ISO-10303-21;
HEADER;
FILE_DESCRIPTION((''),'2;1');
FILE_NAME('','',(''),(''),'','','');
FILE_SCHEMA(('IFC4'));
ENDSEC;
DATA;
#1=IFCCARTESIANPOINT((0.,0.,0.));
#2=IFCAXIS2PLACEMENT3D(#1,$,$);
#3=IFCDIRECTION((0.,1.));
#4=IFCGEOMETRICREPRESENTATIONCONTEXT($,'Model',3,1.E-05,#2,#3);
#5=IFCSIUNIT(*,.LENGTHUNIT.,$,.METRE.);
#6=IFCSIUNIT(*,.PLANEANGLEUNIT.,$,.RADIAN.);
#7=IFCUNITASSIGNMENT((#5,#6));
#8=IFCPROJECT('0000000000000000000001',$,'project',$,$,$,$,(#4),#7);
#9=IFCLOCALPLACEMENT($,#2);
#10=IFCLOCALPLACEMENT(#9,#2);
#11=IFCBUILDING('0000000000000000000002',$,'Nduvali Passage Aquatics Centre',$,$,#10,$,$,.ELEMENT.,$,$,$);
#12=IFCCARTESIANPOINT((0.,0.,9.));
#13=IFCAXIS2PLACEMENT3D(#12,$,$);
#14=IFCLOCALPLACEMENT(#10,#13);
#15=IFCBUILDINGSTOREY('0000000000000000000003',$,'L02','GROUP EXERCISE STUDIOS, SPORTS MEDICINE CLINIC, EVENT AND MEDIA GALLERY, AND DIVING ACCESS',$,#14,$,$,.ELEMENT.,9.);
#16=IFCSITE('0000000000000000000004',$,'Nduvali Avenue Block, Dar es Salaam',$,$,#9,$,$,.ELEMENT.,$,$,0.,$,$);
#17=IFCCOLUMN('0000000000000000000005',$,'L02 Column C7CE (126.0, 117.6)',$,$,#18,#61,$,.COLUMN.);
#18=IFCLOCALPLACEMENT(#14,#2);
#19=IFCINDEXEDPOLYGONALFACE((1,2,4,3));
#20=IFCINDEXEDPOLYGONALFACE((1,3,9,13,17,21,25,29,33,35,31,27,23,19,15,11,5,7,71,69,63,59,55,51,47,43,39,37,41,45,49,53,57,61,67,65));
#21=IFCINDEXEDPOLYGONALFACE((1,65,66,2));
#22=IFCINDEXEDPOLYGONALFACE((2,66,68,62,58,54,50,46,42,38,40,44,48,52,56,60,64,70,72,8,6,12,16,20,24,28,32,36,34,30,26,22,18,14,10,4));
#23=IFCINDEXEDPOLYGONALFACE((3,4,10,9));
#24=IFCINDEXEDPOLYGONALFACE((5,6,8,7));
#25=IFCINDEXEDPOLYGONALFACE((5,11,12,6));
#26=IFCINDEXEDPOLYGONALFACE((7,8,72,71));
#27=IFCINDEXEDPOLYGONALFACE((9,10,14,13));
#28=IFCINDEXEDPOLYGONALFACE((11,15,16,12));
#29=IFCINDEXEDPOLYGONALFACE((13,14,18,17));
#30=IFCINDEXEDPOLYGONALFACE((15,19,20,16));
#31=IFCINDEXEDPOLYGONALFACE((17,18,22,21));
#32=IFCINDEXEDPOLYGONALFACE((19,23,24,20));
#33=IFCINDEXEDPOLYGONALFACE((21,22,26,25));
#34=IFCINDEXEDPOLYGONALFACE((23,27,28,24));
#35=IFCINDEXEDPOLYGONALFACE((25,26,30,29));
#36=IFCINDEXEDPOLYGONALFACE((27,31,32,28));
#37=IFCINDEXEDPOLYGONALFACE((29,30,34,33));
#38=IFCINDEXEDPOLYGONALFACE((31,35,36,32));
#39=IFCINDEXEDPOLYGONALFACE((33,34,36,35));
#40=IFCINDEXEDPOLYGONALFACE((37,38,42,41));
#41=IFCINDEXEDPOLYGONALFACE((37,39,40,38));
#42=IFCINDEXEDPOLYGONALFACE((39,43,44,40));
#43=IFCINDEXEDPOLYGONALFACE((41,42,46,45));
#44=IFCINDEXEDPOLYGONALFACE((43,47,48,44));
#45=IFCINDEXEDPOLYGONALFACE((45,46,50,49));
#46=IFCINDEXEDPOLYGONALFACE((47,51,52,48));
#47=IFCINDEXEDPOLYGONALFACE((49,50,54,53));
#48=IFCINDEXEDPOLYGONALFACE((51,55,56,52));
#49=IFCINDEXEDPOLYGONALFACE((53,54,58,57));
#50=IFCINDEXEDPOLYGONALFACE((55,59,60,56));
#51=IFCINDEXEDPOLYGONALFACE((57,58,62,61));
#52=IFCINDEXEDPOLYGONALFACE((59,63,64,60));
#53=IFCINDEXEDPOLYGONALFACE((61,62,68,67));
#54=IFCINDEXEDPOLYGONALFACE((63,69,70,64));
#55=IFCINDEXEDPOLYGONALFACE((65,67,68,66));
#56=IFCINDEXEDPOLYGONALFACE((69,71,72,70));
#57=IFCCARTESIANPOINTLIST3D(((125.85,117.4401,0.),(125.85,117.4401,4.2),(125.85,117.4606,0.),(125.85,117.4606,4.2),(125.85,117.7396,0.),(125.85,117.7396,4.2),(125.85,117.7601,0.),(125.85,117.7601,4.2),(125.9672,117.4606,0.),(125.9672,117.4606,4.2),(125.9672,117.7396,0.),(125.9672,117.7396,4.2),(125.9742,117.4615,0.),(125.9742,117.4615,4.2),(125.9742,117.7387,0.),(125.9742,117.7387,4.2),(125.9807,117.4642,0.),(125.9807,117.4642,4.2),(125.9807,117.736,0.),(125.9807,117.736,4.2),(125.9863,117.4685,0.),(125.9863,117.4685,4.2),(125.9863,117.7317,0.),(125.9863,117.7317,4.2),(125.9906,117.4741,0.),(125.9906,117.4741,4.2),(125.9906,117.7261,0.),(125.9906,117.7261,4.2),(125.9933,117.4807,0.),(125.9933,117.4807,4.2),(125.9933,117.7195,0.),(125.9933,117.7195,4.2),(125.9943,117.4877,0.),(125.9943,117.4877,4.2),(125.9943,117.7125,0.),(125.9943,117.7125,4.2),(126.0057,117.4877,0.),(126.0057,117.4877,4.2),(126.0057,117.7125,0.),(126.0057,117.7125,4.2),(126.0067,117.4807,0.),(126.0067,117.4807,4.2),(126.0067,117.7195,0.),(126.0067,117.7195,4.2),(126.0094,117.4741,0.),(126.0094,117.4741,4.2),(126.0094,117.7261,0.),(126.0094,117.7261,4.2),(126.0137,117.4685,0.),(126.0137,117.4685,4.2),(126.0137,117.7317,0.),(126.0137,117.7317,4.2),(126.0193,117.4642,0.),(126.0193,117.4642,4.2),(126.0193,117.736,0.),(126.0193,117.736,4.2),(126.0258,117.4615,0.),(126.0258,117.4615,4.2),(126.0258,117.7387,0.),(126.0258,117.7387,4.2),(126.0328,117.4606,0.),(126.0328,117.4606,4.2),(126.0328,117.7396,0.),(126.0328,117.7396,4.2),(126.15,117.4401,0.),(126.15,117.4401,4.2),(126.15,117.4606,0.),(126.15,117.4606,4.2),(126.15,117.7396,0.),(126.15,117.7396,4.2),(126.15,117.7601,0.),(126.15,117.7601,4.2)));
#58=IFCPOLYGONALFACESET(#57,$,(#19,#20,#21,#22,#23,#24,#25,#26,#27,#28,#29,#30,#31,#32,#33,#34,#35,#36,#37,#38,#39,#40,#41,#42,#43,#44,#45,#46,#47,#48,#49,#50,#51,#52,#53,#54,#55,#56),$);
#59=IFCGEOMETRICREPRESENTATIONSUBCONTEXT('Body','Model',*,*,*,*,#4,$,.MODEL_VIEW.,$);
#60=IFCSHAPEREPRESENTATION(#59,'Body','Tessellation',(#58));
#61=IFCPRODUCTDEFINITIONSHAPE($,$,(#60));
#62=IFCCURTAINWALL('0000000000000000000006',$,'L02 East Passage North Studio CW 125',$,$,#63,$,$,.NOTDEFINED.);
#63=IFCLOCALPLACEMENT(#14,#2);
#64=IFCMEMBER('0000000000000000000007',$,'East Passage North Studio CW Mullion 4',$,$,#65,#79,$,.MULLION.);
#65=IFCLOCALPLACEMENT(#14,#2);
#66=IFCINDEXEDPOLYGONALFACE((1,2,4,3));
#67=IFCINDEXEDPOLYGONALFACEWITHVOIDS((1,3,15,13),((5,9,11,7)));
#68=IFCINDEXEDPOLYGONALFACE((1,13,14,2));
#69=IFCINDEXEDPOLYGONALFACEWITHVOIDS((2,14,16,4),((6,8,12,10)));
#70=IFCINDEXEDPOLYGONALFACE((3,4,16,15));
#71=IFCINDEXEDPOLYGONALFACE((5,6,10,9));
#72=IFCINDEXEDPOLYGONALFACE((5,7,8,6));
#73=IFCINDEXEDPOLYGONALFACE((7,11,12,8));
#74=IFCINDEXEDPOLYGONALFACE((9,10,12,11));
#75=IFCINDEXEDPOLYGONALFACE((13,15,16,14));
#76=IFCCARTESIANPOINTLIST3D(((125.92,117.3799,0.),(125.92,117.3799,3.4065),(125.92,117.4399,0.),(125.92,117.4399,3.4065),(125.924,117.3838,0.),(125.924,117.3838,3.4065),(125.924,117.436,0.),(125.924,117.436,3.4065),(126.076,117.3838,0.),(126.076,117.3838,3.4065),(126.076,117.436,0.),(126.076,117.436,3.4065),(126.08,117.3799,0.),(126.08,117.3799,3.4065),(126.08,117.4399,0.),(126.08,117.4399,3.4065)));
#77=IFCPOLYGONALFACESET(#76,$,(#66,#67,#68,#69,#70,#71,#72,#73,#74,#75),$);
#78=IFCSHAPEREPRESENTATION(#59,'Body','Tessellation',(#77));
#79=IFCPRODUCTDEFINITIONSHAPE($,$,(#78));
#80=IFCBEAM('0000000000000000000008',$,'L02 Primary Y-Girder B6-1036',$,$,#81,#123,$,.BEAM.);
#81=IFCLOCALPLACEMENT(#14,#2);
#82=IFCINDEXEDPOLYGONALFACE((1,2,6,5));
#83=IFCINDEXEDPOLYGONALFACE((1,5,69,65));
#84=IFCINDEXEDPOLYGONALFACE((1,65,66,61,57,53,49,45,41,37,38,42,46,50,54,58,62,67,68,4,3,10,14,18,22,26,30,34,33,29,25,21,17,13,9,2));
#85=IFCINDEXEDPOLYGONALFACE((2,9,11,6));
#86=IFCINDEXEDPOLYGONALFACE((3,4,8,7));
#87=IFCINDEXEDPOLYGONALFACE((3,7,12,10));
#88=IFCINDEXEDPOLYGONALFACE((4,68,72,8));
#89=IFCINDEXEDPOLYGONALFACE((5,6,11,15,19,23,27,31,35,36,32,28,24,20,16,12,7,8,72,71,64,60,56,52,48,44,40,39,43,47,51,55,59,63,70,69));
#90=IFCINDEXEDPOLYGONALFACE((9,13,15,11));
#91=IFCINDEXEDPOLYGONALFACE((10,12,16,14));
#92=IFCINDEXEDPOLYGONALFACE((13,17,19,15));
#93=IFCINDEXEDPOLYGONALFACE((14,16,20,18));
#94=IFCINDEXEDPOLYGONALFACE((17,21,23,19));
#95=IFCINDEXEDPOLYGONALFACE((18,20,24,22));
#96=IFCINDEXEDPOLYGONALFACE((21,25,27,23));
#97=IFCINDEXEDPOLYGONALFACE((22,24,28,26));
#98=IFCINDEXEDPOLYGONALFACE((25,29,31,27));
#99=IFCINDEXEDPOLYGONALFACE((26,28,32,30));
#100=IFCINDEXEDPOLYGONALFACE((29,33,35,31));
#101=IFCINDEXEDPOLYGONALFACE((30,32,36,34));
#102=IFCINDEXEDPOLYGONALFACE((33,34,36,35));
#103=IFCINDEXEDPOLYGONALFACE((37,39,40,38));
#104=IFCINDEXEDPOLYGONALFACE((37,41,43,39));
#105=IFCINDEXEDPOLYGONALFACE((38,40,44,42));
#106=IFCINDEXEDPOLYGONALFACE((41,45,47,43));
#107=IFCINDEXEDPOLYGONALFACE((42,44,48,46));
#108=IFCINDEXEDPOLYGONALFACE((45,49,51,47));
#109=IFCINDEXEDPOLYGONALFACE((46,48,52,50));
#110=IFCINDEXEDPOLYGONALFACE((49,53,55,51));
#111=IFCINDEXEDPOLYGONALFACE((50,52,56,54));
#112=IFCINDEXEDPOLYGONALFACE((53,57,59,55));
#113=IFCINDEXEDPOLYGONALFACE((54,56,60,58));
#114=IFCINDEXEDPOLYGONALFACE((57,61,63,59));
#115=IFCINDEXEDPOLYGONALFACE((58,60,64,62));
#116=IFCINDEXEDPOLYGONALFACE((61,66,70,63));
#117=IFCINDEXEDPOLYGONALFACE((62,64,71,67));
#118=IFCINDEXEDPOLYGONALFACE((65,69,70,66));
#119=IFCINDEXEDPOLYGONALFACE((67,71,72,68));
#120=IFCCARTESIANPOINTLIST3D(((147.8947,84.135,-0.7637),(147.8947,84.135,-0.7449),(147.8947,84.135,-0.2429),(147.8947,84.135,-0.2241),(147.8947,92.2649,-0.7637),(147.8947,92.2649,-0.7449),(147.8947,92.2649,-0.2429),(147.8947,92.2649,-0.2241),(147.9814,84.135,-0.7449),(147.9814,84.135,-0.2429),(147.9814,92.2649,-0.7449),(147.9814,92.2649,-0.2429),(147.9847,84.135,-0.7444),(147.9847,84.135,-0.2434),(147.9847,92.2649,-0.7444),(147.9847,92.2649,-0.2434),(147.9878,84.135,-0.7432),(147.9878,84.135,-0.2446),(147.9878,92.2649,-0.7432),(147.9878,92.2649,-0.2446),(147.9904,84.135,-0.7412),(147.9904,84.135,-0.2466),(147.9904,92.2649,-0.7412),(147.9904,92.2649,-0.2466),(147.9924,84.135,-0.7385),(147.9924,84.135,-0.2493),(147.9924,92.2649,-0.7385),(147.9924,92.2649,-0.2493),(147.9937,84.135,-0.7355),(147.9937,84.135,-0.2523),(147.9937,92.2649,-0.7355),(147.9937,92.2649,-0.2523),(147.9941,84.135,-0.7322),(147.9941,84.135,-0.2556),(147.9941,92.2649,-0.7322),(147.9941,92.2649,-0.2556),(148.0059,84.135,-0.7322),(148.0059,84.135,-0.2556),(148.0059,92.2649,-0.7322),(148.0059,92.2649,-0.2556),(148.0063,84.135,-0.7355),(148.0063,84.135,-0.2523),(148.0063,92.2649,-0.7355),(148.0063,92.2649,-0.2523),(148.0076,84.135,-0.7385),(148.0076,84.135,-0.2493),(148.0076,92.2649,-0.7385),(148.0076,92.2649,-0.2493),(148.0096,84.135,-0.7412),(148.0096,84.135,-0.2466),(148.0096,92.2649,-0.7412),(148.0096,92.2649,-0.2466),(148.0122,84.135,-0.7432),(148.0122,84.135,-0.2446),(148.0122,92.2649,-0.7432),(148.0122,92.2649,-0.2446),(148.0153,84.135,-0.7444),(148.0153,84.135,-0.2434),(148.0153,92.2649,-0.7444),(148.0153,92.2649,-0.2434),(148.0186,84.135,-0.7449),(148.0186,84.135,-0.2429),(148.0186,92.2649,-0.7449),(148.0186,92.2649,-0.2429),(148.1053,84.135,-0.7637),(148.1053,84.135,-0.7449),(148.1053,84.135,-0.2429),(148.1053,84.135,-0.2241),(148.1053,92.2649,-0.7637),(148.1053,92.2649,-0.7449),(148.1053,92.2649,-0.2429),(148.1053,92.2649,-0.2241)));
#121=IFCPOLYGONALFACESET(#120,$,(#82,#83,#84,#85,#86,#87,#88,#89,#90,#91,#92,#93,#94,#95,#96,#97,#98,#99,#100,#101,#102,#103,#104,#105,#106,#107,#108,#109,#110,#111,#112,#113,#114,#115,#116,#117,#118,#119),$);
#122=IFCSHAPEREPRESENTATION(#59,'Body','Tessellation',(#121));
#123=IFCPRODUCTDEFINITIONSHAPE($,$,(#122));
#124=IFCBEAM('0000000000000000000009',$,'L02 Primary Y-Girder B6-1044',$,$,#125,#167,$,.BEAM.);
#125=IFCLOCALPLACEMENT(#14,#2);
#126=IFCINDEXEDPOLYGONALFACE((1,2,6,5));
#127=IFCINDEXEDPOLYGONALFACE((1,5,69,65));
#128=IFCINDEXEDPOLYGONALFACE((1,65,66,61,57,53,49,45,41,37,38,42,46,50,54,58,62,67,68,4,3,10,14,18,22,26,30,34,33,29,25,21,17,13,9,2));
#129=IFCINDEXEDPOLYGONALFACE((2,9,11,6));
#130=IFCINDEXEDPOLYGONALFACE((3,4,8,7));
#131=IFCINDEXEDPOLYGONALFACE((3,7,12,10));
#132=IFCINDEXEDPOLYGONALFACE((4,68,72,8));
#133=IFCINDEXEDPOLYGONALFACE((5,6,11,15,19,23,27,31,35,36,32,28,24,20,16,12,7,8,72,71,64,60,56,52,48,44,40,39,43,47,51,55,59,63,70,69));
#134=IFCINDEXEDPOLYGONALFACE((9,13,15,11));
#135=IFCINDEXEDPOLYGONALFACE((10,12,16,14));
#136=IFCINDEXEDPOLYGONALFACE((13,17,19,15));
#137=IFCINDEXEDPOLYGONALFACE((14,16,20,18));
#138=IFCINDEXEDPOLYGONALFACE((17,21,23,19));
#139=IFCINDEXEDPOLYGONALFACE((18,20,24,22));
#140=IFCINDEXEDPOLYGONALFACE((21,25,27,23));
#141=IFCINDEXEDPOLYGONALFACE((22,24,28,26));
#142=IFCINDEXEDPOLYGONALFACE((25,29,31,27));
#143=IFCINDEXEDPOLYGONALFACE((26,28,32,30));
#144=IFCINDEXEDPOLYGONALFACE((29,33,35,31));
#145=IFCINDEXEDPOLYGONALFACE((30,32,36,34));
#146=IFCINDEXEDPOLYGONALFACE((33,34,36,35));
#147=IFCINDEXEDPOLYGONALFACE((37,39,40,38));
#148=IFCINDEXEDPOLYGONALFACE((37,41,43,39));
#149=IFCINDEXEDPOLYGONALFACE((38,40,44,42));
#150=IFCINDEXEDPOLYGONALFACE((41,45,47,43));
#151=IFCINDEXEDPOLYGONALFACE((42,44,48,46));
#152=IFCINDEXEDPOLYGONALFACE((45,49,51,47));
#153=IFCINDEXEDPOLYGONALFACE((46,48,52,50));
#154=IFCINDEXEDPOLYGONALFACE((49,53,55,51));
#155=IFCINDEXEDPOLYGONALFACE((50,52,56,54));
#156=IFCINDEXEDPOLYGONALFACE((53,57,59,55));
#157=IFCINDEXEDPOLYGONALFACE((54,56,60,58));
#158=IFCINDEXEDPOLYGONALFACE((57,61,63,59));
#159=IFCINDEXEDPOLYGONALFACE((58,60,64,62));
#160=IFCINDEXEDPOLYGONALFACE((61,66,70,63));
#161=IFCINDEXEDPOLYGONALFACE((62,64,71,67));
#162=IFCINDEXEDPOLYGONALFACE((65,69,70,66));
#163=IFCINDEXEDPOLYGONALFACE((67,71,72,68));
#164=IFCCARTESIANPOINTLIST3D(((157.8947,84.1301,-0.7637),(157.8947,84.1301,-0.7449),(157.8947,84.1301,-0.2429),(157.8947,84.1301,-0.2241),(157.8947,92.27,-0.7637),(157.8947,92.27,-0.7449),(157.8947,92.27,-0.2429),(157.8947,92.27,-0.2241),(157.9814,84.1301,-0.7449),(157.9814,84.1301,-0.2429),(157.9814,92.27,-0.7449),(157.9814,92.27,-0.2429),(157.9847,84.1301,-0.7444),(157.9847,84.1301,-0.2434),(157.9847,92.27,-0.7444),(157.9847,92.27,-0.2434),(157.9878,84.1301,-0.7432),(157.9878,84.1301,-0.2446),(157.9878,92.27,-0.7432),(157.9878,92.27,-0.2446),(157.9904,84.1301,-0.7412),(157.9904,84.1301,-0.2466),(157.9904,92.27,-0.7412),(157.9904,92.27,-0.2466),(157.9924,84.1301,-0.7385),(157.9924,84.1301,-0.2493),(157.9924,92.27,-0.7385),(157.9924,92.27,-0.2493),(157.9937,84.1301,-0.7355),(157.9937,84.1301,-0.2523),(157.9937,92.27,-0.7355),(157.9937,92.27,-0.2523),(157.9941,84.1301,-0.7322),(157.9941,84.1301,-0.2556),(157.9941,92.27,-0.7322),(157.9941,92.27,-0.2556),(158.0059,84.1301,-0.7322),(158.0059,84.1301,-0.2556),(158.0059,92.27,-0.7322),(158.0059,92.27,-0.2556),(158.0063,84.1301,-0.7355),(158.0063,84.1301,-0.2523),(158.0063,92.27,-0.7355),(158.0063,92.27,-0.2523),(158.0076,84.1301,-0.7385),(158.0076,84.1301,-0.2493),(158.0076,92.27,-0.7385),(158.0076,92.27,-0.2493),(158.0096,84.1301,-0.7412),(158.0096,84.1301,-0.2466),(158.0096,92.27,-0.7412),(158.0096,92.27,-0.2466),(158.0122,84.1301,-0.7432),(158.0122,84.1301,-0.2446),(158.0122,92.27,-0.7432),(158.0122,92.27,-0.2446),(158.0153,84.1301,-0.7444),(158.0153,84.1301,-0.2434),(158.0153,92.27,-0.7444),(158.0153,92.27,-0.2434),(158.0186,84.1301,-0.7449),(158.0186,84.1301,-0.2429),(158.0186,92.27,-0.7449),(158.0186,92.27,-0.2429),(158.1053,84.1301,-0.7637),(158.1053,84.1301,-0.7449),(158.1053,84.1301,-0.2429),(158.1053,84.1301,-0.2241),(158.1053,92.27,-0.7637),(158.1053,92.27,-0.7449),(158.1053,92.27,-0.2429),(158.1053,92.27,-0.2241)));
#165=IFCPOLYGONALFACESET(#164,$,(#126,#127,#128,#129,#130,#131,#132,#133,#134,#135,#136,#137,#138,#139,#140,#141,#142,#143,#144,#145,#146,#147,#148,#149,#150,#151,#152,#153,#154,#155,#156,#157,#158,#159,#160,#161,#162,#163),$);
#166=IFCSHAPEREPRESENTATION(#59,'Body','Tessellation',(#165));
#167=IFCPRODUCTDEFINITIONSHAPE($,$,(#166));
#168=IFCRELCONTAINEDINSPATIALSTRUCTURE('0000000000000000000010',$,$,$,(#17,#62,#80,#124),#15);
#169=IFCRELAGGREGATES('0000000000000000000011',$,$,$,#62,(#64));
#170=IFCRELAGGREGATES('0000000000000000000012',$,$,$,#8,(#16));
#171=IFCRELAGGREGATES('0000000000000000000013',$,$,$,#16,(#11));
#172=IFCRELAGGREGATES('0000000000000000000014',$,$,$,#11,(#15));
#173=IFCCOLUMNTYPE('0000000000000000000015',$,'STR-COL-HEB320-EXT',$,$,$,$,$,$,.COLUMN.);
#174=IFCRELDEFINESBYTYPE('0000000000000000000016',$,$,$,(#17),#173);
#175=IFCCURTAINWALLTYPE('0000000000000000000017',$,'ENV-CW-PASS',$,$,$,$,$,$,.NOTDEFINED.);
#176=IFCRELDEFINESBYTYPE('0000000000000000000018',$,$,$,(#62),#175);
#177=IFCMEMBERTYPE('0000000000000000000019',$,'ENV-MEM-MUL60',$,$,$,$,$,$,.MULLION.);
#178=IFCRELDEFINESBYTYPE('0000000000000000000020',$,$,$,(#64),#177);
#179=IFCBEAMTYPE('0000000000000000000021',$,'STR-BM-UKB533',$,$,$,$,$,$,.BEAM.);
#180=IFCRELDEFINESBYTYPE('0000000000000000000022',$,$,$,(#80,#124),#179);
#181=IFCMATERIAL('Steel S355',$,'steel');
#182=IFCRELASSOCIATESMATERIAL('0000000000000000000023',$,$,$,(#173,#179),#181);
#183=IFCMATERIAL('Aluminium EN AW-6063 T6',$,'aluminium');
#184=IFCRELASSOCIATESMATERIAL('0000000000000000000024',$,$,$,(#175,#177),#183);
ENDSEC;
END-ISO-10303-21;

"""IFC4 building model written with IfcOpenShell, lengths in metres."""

from ifc_helpers import new_model, si_unit, direction, frame, origin, origin_2d, place, context, subcontext, project, spatial, hollow_rectangle, i_section, extrude, material, material_profile, profile_set, type_object, element, aggregate, save


model = new_model("IFC4")

# Units and contexts
model_context = context("Model", 3, precision=1e-05, world=origin(), true_north=direction((0.0, 1.0)))
body_context = subcontext(model_context, "Body", "Model", "MODEL_VIEW")
ifc_project = project(units=[si_unit("LENGTHUNIT", "METRE"), si_unit("PLANEANGLEUNIT", "RADIAN")], contexts=[model_context])

# Site, building, storey
site_placement = place(None, origin())
site = spatial("IfcSite", under=ifc_project, at=site_placement, Name="Nduvali Avenue Block, Dar es Salaam", CompositionType="ELEMENT", RefElevation=0.0)
building_placement = place(site_placement, origin())
building = spatial("IfcBuilding", under=site, at=building_placement, Name="Nduvali Passage Aquatics Centre", CompositionType="ELEMENT")
storey_placement = place(building_placement, frame((0.0, 0.0, 9.0)))
storey = spatial("IfcBuildingStorey", under=building, at=storey_placement, Name="L02", Description="GROUP EXERCISE STUDIOS, SPORTS MEDICINE CLINIC, EVENT AND MEDIA GALLERY, AND DIVING ACCESS", CompositionType="ELEMENT", Elevation=9.0)

# Column
ifc_material_1 = material(Name="Steel S355", Category="steel")
ifc_material_profile_1 = material_profile(ifc_material_1, i_section(OverallWidth=0.3, OverallDepth=0.3201, WebThickness=0.0115, FlangeThickness=0.0205, FilletRadius=0.0271, at=origin_2d()), Name="HEB 320")
ifc_profile_set_1 = profile_set([ifc_material_profile_1], Name="Steel S355")
column_type = type_object("IfcColumnType", Name="STR-COL-HEB320-EXT", PredefinedType="COLUMN", material=ifc_profile_set_1)
column_placement = place(storey_placement, frame((126.0, 117.6001, 0.0), z_axis=(0.0, 0.0, 1.0), x_axis=(1.0, 0.0, 0.0)))
element("IfcColumn", 1, at=column_placement, inside=storey, type_object=column_type, Name="L02 Column C7CE (126.0, 117.6)", PredefinedType="COLUMN", context=body_context, shape_type="SweptSolid", body=[
    extrude(i_section(OverallWidth=0.3, OverallDepth=0.3201, WebThickness=0.0115, FlangeThickness=0.0205, FilletRadius=0.0271, at=origin_2d()), origin(), (0.0, 0.0, 1.0), 4.2),
])

# Curtain wall, member
ifc_material_2 = material(Name="Aluminium EN AW-6063 T6", Category="aluminium")
curtain_wall_type = type_object("IfcCurtainWallType", Name="ENV-CW-PASS", PredefinedType="NOTDEFINED", material=ifc_material_2)
curtain_wall_placement = place(storey_placement, origin())
curtain_wall = element("IfcCurtainWall", 2, at=curtain_wall_placement, inside=storey, type_object=curtain_wall_type, Name="L02 East Passage North Studio CW 125", PredefinedType="NOTDEFINED")
ifc_material_profile_2 = material_profile(ifc_material_2, hollow_rectangle(XDim=0.0601, YDim=0.1599, WallThickness=0.0039, at=origin_2d()), Name="ALU MULLION 60x160x4")
ifc_profile_set_2 = profile_set([ifc_material_profile_2], Name="Aluminium EN AW-6063 T6")
member_type = type_object("IfcMemberType", Name="ENV-MEM-MUL60", PredefinedType="MULLION", material=ifc_profile_set_2)
member_placement = place(storey_placement, frame((126.0, 117.4099, 0.0), z_axis=(0.0, 0.0, 1.0), x_axis=(0.0, 1.0, 0.0)))
member = element("IfcMember", 3, at=member_placement, type_object=member_type, Name="East Passage North Studio CW Mullion 4", PredefinedType="MULLION", context=body_context, shape_type="SweptSolid", body=[
    extrude(hollow_rectangle(XDim=0.0601, YDim=0.1599, WallThickness=0.0039, at=origin_2d()), origin(), (0.0, 0.0, 1.0), 3.4065),
])
aggregate(curtain_wall, [member])

# Beams
ifc_material_profile_3 = material_profile(ifc_material_1, i_section(OverallWidth=0.2107, OverallDepth=0.5396, WebThickness=0.0117, FlangeThickness=0.0188, FilletRadius=0.0127, at=origin_2d()), Name="UKB 533x210x109")
ifc_profile_set_3 = profile_set([ifc_material_profile_3], Name="Steel S355")
beam_type_1 = type_object("IfcBeamType", Name="STR-BM-UKB533", PredefinedType="BEAM", material=ifc_profile_set_3)
beam_1_placement = place(storey_placement, frame((148.0, 84.135, -0.4939), z_axis=(0.0, 1.0, 0.0), x_axis=(-1.0, 0.0, 0.0)))
element("IfcBeam", 4, at=beam_1_placement, inside=storey, type_object=beam_type_1, Name="L02 Primary Y-Girder B6-1036", PredefinedType="BEAM", context=body_context, shape_type="SweptSolid", body=[
    extrude(i_section(OverallWidth=0.2107, OverallDepth=0.5396, WebThickness=0.0117, FlangeThickness=0.0188, FilletRadius=0.0127, at=origin_2d()), origin(), (0.0, 0.0, 1.0), 8.1299),
])
beam_2_placement = place(storey_placement, frame((158.0, 84.1301, -0.4939), z_axis=(0.0, 1.0, 0.0), x_axis=(-1.0, 0.0, 0.0)))
element("IfcBeam", 5, at=beam_2_placement, inside=storey, type_object=beam_type_1, Name="L02 Primary Y-Girder B6-1044", PredefinedType="BEAM", context=body_context, shape_type="SweptSolid", body=[
    extrude(i_section(OverallWidth=0.2107, OverallDepth=0.5396, WebThickness=0.0117, FlangeThickness=0.0188, FilletRadius=0.0127, at=origin_2d()), origin(), (0.0, 0.0, 1.0), 8.1399),
])

save(model, "model.ifc")
